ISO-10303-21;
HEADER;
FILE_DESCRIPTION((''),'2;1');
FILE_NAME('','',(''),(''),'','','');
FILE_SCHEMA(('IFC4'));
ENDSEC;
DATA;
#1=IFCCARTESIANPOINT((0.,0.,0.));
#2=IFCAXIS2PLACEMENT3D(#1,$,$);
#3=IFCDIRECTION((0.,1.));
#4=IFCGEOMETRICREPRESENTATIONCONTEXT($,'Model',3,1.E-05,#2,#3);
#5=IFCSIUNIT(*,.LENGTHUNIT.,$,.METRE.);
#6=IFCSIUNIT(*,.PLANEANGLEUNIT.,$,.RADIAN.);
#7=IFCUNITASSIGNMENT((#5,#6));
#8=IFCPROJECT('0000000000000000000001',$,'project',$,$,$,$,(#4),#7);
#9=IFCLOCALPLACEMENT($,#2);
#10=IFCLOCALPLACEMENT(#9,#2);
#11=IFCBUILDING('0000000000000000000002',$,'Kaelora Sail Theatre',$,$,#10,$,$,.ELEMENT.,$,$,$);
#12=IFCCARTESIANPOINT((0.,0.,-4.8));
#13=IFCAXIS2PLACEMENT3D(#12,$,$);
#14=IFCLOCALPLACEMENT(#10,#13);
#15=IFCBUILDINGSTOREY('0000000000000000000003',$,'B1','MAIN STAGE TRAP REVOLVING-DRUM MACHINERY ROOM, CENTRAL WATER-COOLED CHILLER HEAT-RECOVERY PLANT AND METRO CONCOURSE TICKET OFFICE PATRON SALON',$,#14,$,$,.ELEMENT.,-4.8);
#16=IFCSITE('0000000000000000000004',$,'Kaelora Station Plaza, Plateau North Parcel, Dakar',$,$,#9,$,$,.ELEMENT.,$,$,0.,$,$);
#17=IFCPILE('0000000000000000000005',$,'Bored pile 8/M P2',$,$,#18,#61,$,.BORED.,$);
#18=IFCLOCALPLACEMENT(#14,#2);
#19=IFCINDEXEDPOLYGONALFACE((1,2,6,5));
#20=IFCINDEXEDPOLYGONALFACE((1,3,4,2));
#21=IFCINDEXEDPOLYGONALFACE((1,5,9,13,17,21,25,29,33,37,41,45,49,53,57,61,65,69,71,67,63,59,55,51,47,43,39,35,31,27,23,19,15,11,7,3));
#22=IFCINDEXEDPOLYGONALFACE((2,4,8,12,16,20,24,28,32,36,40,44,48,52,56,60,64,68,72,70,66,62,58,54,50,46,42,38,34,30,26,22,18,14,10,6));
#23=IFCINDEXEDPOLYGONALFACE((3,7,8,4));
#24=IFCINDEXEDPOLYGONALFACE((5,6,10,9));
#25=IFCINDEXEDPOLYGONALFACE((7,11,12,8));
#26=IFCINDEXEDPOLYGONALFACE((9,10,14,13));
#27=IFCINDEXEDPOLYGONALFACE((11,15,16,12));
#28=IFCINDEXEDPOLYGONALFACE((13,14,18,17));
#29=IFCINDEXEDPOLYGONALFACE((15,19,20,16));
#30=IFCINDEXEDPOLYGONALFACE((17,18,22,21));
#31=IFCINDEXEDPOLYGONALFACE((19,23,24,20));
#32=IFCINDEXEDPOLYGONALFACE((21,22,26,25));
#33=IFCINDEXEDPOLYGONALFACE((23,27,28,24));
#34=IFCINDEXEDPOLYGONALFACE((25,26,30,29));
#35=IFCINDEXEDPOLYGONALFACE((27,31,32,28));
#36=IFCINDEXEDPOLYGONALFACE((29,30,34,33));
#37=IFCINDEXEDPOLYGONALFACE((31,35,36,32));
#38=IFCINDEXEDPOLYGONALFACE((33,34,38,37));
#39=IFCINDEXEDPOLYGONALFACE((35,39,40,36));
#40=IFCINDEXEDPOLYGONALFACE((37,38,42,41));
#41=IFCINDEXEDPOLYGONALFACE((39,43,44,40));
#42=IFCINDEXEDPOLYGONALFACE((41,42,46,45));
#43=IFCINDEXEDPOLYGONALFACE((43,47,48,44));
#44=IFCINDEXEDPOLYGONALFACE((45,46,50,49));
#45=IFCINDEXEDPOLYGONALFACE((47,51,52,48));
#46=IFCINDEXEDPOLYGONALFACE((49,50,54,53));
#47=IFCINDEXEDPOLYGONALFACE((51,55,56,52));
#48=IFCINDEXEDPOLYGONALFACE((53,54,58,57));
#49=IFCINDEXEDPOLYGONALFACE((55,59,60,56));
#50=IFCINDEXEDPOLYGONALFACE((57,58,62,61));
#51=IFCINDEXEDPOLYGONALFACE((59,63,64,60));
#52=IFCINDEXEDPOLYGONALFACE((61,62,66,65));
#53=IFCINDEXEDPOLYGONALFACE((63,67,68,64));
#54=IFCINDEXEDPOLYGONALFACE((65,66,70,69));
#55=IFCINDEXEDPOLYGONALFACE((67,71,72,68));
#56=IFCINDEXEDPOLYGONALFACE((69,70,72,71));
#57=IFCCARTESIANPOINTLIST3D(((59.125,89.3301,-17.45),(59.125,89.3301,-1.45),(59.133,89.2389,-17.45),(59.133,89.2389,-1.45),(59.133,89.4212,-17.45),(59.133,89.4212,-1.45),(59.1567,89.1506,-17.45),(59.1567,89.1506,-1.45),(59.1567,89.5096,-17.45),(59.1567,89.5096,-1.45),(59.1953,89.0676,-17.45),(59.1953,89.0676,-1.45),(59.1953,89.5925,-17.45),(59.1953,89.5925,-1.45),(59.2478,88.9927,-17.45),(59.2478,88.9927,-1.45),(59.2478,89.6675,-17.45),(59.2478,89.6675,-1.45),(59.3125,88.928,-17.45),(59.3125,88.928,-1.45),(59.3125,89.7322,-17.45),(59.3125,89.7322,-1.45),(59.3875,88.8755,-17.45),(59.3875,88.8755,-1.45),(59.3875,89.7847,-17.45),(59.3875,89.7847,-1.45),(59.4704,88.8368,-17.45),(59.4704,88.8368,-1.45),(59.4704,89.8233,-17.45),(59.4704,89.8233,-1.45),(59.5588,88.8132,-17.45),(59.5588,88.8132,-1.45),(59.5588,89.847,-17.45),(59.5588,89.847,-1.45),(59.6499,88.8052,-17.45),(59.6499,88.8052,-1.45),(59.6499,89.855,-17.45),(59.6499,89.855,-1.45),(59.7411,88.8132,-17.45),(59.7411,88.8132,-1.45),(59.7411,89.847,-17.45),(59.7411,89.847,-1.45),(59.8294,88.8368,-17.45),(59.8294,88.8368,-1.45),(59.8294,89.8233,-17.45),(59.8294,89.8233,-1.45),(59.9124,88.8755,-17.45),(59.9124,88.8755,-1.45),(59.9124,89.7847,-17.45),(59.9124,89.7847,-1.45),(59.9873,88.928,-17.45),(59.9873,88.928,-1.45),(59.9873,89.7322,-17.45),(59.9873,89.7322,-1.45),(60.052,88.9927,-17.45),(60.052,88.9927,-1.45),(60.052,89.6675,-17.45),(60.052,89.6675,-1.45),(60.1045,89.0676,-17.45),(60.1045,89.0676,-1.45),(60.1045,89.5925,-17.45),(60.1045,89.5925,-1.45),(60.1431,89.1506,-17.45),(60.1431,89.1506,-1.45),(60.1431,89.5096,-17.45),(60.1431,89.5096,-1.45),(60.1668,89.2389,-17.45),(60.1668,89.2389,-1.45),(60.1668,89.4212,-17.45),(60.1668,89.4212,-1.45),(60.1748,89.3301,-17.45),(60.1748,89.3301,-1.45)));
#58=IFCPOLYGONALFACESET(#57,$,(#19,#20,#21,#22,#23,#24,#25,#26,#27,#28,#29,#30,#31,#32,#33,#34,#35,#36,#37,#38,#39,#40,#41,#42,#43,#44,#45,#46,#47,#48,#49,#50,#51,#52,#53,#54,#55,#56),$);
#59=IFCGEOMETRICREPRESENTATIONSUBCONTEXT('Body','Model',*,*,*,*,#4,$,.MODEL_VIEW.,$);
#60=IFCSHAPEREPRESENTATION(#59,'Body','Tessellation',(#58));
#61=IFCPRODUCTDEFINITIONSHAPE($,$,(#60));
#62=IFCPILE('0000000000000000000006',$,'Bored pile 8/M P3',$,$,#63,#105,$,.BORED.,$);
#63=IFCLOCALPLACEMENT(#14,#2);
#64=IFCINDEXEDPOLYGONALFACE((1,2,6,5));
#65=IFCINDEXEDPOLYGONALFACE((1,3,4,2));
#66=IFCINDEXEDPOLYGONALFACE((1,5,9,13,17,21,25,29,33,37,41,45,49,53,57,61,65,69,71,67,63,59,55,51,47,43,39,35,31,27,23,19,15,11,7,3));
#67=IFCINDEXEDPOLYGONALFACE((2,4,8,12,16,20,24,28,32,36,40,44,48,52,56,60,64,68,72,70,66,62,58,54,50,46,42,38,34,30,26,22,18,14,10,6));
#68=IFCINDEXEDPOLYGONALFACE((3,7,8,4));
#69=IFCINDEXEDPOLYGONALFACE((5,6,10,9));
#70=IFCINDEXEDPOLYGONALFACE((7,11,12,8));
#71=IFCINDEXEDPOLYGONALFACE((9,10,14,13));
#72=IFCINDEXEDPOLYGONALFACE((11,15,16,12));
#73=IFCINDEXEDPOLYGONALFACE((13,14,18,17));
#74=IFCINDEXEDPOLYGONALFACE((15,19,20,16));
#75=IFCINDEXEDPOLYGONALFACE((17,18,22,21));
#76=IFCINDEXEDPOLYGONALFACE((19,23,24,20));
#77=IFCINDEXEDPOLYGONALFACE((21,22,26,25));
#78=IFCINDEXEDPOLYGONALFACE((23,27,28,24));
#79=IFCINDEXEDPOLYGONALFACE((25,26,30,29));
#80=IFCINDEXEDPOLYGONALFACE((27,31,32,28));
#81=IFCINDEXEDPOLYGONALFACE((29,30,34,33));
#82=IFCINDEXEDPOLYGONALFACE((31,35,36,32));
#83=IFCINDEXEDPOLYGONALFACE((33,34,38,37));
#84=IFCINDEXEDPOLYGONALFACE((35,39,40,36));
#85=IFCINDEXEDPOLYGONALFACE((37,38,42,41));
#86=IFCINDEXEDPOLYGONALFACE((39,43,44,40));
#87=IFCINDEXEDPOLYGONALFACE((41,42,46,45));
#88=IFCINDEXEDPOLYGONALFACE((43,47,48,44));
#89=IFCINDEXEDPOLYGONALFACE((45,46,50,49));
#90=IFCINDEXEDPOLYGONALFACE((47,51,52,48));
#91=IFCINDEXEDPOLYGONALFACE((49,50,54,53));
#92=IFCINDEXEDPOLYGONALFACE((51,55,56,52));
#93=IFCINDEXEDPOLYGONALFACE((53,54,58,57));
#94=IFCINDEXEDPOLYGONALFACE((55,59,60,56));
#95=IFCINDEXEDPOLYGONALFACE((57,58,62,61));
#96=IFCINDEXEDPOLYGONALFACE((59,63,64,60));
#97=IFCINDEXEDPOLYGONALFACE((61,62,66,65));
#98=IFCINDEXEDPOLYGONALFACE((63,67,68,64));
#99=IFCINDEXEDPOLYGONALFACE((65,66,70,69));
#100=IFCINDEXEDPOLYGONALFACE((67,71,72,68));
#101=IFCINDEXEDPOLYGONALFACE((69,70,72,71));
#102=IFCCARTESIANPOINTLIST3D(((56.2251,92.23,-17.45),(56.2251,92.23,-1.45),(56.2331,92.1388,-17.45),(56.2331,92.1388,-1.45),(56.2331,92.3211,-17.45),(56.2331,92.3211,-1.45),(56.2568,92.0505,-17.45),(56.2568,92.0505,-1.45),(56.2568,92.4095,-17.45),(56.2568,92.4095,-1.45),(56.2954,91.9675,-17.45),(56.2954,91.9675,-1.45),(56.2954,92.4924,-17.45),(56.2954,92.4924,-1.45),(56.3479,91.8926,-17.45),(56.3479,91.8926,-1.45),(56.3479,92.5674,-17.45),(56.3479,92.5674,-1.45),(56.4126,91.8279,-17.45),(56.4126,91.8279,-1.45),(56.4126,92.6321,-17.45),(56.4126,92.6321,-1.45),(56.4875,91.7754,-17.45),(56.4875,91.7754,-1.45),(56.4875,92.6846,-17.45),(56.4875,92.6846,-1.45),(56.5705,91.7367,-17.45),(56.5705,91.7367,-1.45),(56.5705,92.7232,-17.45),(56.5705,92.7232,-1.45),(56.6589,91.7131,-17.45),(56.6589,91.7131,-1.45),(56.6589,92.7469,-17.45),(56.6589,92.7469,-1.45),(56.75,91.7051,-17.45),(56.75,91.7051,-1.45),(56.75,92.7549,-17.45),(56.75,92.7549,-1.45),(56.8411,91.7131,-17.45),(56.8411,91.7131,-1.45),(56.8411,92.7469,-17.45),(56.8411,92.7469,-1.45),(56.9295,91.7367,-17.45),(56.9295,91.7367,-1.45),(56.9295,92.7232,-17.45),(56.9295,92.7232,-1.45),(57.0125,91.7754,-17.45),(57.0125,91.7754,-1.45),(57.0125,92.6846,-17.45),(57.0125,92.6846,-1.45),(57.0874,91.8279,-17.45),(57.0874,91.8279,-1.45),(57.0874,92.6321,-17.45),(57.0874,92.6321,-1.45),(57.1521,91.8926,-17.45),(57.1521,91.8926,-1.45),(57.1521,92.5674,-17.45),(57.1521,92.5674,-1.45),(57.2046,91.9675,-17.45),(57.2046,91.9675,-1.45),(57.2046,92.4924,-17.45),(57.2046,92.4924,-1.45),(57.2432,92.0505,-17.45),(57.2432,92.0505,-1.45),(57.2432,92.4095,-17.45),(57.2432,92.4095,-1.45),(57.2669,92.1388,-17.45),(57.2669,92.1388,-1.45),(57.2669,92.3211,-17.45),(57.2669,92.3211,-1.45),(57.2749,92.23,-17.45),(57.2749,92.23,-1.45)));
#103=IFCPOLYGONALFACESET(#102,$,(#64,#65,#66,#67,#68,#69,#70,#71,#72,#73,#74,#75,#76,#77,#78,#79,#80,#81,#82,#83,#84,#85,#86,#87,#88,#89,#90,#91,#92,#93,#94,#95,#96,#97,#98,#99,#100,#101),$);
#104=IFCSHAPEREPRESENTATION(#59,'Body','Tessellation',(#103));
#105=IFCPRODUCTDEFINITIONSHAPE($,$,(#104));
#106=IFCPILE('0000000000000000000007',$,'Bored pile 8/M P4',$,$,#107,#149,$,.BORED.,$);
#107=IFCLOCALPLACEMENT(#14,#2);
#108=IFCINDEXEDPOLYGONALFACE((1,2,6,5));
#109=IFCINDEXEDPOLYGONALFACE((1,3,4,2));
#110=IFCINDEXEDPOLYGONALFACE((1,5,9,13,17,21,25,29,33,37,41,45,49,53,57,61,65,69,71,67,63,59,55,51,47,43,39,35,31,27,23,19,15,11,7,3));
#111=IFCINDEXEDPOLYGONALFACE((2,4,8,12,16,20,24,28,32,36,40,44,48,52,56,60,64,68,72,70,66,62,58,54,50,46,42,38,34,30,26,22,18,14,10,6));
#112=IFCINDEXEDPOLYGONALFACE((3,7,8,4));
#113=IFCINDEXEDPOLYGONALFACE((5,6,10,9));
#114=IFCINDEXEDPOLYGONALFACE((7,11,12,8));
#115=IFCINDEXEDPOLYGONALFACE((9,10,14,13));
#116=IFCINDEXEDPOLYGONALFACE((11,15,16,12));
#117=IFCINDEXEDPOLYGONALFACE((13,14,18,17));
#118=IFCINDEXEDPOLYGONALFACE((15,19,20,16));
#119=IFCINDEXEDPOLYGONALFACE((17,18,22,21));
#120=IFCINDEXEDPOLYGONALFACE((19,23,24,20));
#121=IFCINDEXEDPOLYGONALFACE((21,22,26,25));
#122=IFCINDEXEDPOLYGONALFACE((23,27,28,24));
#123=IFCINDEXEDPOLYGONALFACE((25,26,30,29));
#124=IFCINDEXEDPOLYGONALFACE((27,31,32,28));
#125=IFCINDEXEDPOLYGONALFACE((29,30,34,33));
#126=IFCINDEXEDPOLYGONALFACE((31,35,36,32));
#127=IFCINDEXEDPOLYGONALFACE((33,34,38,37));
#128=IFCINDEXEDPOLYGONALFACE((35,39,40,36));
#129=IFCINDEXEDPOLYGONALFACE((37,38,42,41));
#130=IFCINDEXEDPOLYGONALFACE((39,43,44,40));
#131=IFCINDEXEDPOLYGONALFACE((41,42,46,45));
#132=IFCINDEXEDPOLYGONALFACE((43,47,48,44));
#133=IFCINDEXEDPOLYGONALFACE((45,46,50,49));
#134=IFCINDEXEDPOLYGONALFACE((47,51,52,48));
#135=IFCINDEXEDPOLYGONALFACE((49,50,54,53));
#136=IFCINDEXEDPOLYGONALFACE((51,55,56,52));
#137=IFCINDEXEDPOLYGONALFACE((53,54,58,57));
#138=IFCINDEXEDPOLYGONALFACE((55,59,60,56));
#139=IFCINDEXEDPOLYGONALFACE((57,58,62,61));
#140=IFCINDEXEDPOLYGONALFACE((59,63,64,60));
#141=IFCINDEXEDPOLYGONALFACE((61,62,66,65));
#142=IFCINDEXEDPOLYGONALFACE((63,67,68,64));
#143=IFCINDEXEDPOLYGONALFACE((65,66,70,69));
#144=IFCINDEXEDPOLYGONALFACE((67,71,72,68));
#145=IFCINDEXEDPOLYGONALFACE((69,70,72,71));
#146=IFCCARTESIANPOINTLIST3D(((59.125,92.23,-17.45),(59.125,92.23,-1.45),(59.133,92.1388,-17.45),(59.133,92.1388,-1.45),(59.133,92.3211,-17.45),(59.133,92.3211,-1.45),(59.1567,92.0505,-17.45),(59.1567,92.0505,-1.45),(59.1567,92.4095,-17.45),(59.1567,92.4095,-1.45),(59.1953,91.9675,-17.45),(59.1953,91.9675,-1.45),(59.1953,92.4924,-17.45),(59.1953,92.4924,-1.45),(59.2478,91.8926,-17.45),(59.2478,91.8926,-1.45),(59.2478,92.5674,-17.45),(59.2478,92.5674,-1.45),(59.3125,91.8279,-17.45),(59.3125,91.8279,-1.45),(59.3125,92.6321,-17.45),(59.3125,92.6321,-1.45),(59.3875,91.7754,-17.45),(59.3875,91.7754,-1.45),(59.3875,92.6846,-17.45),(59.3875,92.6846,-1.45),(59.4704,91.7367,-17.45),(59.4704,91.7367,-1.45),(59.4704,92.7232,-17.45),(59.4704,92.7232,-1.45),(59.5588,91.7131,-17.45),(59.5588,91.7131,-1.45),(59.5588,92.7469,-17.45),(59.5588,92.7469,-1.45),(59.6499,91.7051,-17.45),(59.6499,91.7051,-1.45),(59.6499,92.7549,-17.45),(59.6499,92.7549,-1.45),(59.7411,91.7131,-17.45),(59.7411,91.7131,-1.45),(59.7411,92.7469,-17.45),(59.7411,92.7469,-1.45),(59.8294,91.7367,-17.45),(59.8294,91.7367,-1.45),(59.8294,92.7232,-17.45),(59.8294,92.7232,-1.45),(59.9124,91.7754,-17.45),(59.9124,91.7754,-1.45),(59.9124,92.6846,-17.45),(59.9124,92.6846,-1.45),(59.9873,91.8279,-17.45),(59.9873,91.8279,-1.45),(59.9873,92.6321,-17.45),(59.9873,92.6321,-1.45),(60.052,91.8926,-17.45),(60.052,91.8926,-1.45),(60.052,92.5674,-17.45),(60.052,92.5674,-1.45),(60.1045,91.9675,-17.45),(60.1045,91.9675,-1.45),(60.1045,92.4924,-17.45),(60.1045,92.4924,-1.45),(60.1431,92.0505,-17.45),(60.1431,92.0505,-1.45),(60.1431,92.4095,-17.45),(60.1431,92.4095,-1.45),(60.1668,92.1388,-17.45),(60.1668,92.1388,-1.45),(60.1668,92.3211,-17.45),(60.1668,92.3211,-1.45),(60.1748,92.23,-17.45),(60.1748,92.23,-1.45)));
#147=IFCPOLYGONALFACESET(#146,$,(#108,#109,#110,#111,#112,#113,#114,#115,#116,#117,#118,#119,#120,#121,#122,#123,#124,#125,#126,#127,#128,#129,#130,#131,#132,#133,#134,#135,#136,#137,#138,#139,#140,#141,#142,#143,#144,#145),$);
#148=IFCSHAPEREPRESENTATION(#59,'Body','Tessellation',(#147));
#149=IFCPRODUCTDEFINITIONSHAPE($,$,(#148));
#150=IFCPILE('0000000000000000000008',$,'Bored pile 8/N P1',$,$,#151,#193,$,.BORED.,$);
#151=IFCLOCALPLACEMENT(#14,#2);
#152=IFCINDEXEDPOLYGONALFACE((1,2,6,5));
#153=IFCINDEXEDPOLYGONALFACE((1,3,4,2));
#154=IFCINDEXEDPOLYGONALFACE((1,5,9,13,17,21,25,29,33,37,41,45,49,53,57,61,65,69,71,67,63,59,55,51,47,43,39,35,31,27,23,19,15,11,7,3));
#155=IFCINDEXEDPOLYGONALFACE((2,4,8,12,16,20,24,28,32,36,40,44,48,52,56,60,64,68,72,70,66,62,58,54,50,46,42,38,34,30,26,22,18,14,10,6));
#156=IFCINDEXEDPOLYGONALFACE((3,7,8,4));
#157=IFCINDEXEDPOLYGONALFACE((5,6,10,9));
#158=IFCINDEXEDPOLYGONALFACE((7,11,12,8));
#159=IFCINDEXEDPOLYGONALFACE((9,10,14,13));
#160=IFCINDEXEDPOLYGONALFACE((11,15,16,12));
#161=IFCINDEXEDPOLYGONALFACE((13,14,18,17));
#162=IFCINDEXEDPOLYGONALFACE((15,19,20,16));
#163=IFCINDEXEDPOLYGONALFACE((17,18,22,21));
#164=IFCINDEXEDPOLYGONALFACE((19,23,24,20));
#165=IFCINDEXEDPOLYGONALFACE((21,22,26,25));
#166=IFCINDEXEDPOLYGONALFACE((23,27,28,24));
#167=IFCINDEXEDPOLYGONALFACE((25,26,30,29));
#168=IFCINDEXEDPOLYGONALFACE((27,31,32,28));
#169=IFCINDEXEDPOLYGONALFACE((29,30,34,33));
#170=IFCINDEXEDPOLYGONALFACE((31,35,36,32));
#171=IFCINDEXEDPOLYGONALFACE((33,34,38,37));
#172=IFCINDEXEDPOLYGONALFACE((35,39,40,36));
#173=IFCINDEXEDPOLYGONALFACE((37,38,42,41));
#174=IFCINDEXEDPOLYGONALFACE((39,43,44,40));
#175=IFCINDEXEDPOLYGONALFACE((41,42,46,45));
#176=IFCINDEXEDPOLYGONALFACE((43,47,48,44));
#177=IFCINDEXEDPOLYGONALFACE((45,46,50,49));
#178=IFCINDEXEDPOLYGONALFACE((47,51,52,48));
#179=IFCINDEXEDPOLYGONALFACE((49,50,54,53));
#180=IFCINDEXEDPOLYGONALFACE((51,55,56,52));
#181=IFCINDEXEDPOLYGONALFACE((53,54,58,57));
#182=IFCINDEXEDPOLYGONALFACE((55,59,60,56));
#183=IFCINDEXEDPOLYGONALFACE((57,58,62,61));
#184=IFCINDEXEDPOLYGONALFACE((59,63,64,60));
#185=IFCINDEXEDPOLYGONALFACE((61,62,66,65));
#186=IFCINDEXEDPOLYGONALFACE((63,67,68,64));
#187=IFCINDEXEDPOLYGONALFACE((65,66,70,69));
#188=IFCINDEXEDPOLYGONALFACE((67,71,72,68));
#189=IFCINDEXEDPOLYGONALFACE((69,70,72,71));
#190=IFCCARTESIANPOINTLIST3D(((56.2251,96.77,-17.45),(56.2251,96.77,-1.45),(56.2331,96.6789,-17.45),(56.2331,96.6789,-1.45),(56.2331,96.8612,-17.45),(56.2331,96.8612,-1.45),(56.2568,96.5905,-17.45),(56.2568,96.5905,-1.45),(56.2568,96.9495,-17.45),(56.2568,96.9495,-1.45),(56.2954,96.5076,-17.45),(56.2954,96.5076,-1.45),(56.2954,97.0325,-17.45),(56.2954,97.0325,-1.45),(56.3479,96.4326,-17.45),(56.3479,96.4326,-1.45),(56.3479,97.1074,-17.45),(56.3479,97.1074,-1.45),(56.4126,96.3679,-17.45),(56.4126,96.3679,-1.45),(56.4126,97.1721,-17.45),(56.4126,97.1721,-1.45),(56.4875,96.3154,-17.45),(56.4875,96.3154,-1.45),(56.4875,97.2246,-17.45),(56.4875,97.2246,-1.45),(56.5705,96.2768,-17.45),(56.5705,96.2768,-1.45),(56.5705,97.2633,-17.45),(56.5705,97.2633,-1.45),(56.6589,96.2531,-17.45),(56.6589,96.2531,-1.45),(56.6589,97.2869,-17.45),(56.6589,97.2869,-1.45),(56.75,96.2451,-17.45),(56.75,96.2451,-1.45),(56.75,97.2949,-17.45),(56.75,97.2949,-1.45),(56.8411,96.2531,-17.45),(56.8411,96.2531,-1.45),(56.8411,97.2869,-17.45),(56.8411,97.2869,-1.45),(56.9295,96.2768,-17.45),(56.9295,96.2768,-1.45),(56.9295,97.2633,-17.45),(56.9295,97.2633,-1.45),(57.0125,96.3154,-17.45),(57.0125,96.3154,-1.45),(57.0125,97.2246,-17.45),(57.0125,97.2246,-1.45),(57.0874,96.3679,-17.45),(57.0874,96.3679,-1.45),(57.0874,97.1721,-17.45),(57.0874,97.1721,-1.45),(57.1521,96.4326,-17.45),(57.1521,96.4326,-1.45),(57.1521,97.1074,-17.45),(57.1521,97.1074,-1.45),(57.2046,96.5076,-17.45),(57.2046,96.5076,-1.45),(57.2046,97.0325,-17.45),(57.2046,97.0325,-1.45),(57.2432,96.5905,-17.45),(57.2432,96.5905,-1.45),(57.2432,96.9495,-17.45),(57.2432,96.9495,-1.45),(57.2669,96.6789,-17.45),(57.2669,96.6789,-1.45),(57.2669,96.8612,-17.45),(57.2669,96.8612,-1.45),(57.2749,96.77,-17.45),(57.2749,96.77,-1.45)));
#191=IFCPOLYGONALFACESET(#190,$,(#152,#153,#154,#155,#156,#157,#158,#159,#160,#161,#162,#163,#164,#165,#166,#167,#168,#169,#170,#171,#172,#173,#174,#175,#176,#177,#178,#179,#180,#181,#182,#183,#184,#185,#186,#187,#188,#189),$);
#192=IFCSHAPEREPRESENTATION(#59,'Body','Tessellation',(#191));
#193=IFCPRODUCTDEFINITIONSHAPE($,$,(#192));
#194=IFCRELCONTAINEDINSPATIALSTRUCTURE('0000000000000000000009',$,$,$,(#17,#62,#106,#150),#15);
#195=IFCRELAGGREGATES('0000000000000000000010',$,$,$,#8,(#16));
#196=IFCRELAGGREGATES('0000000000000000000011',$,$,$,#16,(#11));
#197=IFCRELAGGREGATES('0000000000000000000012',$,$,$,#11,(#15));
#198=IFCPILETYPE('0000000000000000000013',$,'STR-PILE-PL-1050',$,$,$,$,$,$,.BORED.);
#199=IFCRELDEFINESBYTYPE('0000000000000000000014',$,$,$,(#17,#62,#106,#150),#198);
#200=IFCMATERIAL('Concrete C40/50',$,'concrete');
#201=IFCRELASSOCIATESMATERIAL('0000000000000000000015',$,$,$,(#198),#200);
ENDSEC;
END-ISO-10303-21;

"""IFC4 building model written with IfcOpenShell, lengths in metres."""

from ifc_helpers import new_model, si_unit, direction, frame, origin, origin_2d, place, context, subcontext, project, spatial, circle, extrude, material, material_profile, profile_set, type_object, element, save


model = new_model("IFC4")

# Units and contexts
model_context = context("Model", 3, precision=1e-05, world=origin(), true_north=direction((0.0, 1.0)))
body_context = subcontext(model_context, "Body", "Model", "MODEL_VIEW")
ifc_project = project(units=[si_unit("LENGTHUNIT", "METRE"), si_unit("PLANEANGLEUNIT", "RADIAN")], contexts=[model_context])

# Site, building, storey
site_placement = place(None, origin())
site = spatial("IfcSite", under=ifc_project, at=site_placement, Name="Kaelora Station Plaza, Plateau North Parcel, Dakar", CompositionType="ELEMENT", RefElevation=0.0)
building_placement = place(site_placement, origin())
building = spatial("IfcBuilding", under=site, at=building_placement, Name="Kaelora Sail Theatre", CompositionType="ELEMENT")
storey_placement = place(building_placement, frame((0.0, 0.0, -4.8)))
storey = spatial("IfcBuildingStorey", under=building, at=storey_placement, Name="B1", Description="MAIN STAGE TRAP REVOLVING-DRUM MACHINERY ROOM, CENTRAL WATER-COOLED CHILLER HEAT-RECOVERY PLANT AND METRO CONCOURSE TICKET OFFICE PATRON SALON", CompositionType="ELEMENT", Elevation=-4.8)

# Piles
ifc_material_1 = material(Name="Concrete C40/50", Category="concrete")
ifc_material_profile_1 = material_profile(ifc_material_1, circle(Radius=0.5249, at=origin_2d()), Name="PILE D1050")
ifc_profile_set_1 = profile_set([ifc_material_profile_1], Name="Concrete C40/50")
pile_type_1 = type_object("IfcPileType", Name="STR-PILE-PL-1050", PredefinedType="BORED", material=ifc_profile_set_1)
for number, where, z_axis, x_axis, name in (
    (1, (59.6499, 89.3301, -1.45), (0.0, 0.0, -1.0), (1.0, 0.0, 0.0), "Bored pile 8/M P2"),
    (2, (56.75, 92.23, -1.45), (0.0, 0.0, -1.0), (1.0, 0.0, 0.0), "Bored pile 8/M P3"),
    (3, (59.6499, 92.23, -1.45), (0.0, 0.0, -1.0), (1.0, 0.0, 0.0), "Bored pile 8/M P4"),
    (4, (56.75, 96.77, -1.45), (0.0, 0.0, -1.0), (1.0, 0.0, 0.0), "Bored pile 8/N P1"),
):
    element("IfcPile", number, at=place(storey_placement, frame(where, z_axis=z_axis, x_axis=x_axis)), inside=storey, type_object=pile_type_1, Name=name, PredefinedType="BORED", context=body_context, shape_type="SweptSolid", body=[
        extrude(circle(Radius=0.5249, at=origin_2d()), origin(), (0.0, 0.0, 1.0), 16.0),
    ])

save(model, "model.ifc")
